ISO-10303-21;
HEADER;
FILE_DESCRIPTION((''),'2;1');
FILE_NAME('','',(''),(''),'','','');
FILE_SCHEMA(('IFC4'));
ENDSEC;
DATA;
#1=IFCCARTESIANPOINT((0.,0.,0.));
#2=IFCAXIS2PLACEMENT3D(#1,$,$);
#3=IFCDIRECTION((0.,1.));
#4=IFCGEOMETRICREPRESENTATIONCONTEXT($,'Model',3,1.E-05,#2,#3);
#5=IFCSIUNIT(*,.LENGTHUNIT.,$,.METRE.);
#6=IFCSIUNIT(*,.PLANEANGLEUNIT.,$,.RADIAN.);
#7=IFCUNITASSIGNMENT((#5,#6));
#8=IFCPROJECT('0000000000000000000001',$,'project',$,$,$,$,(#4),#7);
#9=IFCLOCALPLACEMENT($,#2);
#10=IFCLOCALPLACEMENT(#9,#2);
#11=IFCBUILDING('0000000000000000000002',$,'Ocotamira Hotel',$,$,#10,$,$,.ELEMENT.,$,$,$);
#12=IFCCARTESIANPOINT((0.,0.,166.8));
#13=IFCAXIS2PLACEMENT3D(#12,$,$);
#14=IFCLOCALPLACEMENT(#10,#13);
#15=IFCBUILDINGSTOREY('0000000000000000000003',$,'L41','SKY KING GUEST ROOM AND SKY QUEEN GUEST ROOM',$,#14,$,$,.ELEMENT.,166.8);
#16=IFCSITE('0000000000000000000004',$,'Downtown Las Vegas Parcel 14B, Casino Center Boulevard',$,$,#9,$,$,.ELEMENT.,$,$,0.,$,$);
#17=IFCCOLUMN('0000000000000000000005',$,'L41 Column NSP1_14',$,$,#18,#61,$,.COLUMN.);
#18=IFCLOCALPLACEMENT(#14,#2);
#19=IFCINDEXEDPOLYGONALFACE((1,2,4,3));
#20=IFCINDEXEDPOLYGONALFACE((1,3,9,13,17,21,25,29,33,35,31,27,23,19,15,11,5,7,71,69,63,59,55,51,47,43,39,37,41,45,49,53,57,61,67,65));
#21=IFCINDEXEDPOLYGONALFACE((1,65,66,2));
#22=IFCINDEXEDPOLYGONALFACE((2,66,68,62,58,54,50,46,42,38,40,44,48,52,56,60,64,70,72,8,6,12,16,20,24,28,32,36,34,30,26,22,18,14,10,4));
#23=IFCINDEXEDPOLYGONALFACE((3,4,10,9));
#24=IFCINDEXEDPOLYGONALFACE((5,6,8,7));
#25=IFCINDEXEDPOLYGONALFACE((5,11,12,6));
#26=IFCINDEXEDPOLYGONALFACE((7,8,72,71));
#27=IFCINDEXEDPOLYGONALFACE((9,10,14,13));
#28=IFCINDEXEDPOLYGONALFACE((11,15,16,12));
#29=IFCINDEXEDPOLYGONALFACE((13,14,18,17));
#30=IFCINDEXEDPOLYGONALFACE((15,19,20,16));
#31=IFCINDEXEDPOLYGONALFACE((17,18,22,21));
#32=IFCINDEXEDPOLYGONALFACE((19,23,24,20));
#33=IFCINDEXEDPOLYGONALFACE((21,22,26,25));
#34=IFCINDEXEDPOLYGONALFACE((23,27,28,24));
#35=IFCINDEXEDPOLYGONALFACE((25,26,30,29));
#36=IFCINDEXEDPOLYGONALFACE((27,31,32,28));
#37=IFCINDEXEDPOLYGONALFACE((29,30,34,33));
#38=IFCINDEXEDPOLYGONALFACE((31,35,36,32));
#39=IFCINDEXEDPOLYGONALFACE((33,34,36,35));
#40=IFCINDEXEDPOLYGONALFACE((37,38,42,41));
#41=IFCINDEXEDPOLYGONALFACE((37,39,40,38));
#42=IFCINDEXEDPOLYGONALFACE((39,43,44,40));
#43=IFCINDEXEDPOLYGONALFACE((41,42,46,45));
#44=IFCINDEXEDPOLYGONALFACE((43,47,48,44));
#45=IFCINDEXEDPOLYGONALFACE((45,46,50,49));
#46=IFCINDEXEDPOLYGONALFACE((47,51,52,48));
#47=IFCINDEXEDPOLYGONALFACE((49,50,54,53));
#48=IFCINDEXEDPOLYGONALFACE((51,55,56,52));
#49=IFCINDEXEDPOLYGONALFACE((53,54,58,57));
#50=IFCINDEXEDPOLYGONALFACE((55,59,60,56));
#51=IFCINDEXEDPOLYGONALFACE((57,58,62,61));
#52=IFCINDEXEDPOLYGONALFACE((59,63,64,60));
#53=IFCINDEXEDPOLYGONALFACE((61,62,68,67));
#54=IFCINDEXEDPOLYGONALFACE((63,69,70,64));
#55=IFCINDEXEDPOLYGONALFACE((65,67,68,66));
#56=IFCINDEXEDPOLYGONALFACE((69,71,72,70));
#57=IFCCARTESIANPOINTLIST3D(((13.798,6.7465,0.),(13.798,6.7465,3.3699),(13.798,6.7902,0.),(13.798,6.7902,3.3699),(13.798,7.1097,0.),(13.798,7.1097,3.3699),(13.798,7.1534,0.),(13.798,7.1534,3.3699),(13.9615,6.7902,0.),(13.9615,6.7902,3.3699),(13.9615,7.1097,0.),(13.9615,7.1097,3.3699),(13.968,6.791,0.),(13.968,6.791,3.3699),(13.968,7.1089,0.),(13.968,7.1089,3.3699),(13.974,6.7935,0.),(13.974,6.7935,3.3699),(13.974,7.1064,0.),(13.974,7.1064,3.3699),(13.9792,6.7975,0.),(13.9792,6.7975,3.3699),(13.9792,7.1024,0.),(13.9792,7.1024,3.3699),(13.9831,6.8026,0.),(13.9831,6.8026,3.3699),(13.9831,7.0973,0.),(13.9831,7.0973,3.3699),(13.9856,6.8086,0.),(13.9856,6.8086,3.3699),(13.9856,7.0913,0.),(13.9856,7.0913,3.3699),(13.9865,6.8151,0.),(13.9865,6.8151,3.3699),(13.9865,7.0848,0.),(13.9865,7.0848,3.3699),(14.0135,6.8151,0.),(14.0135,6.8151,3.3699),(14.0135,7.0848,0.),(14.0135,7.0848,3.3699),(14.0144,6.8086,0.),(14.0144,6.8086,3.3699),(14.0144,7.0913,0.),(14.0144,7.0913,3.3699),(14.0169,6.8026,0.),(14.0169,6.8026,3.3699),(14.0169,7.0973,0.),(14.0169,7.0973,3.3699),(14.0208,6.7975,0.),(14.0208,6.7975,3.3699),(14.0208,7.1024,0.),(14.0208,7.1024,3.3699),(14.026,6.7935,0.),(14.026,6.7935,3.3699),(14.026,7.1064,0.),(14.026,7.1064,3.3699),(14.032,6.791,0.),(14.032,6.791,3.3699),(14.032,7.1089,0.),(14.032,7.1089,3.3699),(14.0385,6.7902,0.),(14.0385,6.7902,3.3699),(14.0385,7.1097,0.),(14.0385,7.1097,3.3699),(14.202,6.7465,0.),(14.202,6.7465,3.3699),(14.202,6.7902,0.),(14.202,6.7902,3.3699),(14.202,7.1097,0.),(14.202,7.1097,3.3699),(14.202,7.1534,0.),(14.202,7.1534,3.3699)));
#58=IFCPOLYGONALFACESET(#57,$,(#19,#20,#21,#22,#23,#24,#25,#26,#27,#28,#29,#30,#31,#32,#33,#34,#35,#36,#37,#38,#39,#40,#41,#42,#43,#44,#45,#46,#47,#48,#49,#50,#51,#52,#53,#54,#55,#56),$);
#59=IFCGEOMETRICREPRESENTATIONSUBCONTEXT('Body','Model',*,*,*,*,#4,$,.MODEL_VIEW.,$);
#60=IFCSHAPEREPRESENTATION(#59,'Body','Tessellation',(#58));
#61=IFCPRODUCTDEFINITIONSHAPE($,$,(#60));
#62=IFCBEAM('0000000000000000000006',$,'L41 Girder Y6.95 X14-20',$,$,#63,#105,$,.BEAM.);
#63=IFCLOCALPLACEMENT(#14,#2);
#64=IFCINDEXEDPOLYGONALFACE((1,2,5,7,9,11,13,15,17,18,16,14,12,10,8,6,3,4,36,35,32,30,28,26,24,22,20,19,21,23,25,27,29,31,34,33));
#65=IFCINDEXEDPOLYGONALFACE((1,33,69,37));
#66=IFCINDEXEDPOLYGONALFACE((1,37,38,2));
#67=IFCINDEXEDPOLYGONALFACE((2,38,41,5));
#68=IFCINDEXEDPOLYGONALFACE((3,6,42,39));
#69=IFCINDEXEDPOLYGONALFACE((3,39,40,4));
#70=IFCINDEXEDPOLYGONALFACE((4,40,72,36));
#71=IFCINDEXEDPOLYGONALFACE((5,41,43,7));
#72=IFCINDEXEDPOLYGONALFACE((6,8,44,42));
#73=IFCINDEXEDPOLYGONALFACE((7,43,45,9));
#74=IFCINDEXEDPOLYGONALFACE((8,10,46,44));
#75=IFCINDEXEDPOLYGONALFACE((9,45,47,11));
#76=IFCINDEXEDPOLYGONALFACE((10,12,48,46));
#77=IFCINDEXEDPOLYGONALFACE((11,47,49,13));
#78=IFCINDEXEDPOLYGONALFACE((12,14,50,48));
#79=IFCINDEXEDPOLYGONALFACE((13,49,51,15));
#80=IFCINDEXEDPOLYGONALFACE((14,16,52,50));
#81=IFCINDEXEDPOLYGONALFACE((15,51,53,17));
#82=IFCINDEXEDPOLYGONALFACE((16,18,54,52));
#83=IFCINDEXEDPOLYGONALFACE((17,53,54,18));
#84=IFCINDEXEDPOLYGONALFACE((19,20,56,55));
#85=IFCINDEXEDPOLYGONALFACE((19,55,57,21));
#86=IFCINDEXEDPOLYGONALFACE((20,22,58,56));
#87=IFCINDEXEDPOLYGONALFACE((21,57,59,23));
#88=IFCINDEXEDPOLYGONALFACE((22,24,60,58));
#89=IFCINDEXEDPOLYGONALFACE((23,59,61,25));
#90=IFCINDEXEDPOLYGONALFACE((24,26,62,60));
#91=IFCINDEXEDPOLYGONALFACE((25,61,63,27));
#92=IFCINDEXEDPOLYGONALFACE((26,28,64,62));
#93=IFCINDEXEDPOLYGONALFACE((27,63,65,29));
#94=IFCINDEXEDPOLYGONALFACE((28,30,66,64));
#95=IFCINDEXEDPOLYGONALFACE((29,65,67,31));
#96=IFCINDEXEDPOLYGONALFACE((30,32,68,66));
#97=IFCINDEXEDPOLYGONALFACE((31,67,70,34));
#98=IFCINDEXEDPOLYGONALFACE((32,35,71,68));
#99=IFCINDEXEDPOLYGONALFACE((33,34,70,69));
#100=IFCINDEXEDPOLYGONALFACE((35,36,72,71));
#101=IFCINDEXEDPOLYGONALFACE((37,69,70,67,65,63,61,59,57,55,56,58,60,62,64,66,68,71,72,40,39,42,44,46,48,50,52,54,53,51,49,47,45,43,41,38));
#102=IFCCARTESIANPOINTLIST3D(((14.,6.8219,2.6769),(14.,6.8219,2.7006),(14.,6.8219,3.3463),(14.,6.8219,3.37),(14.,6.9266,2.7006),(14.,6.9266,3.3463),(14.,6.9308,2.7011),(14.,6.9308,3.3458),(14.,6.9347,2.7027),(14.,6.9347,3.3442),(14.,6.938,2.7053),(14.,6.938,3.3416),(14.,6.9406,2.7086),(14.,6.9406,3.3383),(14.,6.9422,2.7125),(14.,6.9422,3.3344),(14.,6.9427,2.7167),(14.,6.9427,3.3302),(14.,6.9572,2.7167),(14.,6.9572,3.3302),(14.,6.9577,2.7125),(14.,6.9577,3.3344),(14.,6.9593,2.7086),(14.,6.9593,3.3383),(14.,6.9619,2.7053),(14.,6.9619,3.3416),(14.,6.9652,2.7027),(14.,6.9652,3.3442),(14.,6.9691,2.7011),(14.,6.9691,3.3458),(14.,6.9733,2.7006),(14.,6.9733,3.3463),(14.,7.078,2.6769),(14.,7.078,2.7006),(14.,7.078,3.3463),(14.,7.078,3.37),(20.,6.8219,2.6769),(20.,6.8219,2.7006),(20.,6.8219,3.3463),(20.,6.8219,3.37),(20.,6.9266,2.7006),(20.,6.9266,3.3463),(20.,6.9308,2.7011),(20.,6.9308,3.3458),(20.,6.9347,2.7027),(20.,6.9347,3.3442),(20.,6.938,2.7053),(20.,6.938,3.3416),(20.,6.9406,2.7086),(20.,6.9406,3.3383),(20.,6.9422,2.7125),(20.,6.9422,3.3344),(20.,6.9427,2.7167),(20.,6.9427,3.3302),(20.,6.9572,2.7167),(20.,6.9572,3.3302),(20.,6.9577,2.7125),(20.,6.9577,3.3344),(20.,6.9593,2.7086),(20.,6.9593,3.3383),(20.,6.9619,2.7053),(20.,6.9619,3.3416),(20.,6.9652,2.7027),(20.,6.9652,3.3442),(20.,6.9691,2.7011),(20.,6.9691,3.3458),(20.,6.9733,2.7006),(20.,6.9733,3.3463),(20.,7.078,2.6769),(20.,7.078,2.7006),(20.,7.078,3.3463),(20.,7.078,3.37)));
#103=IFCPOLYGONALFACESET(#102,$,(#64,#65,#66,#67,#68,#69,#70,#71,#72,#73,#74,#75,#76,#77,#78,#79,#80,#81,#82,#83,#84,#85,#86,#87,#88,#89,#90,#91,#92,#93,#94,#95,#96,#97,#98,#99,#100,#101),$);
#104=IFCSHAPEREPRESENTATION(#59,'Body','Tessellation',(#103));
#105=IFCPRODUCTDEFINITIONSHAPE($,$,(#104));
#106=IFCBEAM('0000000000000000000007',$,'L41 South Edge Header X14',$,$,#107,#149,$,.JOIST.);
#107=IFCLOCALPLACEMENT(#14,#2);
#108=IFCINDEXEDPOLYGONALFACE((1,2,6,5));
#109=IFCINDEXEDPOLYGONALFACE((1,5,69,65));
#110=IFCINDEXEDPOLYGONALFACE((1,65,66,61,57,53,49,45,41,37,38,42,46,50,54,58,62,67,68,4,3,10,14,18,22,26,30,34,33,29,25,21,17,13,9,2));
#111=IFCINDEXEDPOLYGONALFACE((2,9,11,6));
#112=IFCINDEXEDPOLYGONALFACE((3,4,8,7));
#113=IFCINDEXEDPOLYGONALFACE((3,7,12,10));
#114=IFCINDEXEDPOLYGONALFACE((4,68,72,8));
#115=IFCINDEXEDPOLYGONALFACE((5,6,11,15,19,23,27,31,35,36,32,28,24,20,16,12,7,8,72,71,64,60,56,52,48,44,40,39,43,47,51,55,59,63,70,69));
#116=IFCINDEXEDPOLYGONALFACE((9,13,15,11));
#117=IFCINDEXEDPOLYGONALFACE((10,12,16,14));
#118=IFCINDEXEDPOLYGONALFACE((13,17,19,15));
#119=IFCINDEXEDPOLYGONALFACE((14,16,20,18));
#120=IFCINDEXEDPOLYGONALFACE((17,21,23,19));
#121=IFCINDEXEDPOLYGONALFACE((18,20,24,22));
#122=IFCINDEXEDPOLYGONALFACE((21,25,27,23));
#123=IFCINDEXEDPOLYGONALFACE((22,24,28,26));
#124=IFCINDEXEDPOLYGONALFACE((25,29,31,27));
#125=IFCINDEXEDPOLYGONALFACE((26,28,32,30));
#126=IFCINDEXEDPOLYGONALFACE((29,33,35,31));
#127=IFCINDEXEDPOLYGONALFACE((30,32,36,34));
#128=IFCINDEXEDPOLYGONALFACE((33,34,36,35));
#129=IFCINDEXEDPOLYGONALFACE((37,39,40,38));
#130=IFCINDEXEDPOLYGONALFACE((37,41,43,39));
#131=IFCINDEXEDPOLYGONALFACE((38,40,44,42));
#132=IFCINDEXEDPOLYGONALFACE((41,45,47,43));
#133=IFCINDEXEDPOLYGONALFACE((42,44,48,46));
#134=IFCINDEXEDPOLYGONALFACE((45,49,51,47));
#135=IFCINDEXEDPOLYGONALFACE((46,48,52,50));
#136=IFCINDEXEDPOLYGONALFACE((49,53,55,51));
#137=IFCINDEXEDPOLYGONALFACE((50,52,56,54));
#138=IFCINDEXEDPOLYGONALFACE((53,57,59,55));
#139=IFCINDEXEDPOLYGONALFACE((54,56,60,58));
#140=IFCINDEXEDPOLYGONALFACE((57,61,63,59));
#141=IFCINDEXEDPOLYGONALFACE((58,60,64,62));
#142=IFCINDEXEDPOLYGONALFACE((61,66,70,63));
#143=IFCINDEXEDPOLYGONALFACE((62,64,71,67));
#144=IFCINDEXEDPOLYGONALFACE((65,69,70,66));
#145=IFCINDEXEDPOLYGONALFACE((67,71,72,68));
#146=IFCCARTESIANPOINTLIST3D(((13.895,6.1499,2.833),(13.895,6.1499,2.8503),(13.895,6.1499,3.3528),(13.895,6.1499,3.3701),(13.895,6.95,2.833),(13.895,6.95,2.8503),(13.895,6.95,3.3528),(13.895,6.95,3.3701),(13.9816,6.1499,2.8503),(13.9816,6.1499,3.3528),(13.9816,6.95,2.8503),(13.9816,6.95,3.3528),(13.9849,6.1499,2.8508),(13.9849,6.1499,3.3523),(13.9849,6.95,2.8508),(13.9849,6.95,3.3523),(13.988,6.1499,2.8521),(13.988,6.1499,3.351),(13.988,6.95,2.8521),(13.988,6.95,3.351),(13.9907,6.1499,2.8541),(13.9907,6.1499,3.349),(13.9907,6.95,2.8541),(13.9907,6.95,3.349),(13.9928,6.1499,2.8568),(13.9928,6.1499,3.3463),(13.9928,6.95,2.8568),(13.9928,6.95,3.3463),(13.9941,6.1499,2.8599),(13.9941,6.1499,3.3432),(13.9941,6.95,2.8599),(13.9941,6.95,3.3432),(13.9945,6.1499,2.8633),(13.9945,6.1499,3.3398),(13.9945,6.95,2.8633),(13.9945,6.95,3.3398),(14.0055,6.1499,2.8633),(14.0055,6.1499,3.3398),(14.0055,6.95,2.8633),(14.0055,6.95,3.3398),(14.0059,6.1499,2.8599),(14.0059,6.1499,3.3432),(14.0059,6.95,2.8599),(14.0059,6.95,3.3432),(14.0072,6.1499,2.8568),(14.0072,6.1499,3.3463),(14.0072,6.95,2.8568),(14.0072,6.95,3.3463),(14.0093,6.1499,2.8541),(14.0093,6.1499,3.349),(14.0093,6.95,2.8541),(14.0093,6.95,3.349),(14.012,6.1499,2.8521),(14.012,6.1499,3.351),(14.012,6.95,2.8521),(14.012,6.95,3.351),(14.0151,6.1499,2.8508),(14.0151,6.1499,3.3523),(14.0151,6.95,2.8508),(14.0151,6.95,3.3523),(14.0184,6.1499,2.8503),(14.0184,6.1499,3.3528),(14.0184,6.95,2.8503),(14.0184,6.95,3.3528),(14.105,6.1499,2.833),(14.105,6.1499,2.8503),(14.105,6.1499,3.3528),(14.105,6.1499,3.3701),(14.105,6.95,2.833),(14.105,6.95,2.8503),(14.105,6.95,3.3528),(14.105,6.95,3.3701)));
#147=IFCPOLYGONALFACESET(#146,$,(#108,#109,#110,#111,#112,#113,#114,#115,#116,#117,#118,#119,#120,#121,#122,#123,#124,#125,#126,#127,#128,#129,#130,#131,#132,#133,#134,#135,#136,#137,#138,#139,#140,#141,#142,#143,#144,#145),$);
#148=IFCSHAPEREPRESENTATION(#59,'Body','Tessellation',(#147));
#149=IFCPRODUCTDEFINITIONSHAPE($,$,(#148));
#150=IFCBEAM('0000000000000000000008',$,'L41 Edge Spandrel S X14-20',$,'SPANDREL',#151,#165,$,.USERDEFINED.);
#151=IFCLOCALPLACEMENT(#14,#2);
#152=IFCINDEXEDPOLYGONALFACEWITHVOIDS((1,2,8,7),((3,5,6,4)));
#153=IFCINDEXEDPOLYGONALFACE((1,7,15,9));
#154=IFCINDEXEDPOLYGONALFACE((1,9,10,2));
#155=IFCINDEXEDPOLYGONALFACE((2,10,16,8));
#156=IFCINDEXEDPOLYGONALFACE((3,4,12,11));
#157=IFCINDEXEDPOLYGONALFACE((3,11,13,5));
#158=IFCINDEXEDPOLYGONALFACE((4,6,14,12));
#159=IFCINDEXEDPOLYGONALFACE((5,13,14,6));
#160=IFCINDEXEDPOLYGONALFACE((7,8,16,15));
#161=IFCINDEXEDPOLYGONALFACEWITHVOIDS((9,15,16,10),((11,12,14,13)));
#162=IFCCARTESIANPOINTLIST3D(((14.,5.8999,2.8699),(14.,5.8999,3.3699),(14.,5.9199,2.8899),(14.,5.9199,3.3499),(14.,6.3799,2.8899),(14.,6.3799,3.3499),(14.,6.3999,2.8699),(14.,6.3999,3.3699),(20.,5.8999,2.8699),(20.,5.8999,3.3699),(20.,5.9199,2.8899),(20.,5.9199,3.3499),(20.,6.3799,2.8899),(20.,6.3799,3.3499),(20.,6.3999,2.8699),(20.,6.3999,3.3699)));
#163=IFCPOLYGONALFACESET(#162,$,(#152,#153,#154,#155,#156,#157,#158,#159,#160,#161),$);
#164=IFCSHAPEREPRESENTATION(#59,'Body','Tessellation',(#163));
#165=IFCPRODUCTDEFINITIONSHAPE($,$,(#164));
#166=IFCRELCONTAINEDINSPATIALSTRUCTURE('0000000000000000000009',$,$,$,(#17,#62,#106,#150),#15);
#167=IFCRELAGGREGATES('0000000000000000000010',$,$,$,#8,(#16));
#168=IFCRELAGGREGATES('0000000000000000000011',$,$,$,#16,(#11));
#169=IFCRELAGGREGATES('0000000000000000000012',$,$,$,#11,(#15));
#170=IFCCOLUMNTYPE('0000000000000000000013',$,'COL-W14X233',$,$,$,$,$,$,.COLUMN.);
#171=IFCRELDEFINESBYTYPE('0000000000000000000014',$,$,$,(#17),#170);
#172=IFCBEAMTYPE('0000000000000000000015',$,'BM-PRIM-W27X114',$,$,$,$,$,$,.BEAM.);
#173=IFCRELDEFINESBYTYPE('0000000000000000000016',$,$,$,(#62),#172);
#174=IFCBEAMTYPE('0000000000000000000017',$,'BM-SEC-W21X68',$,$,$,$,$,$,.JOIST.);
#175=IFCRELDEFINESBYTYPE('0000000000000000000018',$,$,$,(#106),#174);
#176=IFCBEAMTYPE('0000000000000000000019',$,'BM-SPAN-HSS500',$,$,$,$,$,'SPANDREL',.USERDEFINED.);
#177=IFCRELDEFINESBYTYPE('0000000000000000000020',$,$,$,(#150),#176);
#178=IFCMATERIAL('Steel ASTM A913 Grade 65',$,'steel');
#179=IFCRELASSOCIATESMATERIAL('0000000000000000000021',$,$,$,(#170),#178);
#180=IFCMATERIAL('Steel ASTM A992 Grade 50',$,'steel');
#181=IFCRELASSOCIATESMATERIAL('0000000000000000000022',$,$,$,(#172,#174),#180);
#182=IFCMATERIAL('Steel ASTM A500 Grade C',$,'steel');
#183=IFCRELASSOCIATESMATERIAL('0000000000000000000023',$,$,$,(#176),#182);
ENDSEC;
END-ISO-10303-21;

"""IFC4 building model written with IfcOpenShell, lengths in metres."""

from ifc_helpers import new_model, si_unit, direction, frame, origin, origin_2d, place, context, subcontext, project, spatial, hollow_rectangle, i_section, extrude, source, transform, mapped, material, material_profile, profile_set, type_object, element, save


model = new_model("IFC4")

# Units and contexts
model_context = context("Model", 3, precision=1e-05, world=origin(), true_north=direction((0.0, 1.0)))
body_context = subcontext(model_context, "Body", "Model", "MODEL_VIEW")
ifc_project = project(units=[si_unit("LENGTHUNIT", "METRE"), si_unit("PLANEANGLEUNIT", "RADIAN")], contexts=[model_context])

# Site, building, storey
site_placement = place(None, origin())
site = spatial("IfcSite", under=ifc_project, at=site_placement, Name="Downtown Las Vegas Parcel 14B, Casino Center Boulevard", CompositionType="ELEMENT", RefElevation=0.0)
building_placement = place(site_placement, origin())
building = spatial("IfcBuilding", under=site, at=building_placement, Name="Ocotamira Hotel", CompositionType="ELEMENT")
storey_placement = place(building_placement, frame((0.0, 0.0, 166.8)))
storey = spatial("IfcBuildingStorey", under=building, at=storey_placement, Name="L41", Description="SKY KING GUEST ROOM AND SKY QUEEN GUEST ROOM", CompositionType="ELEMENT", Elevation=166.8)

# Column
ifc_material_1 = material(Name="Steel ASTM A913 Grade 65", Category="steel")
ifc_material_profile_1 = material_profile(ifc_material_1, i_section(OverallWidth=0.4041, OverallDepth=0.407, WebThickness=0.0271, FlangeThickness=0.0437, FilletRadius=0.0249, at=origin_2d()), Name="W14X233")
ifc_profile_set_1 = profile_set([ifc_material_profile_1], Name="Steel ASTM A913 Grade 65")
column_type = type_object("IfcColumnType", Name="COL-W14X233", PredefinedType="COLUMN", material=ifc_profile_set_1)
shared_shape_1 = source(origin(), body_context, "Body", "SweptSolid", [
    extrude(i_section(OverallWidth=0.4041, OverallDepth=0.407, WebThickness=0.0271, FlangeThickness=0.0437, FilletRadius=0.0249, at=origin_2d()), origin(), (0.0, 0.0, 1.0), 3.3699),
])
column_placement = place(storey_placement, frame((14.0, 6.95, 0.0), z_axis=(0.0, 0.0, 1.0), x_axis=(1.0, 0.0, 0.0)))
element("IfcColumn", 1, at=column_placement, inside=storey, type_object=column_type, Name="L41 Column NSP1_14", PredefinedType="COLUMN", context=body_context, shape_type="MappedRepresentation", body=[
    mapped(shared_shape_1, transform((0.0, 0.0, 0.0), scale=1.0)),
])

# Beams
ifc_material_2 = material(Name="Steel ASTM A992 Grade 50", Category="steel")
ifc_material_profile_2 = material_profile(ifc_material_2, i_section(OverallWidth=0.2561, OverallDepth=0.6931, WebThickness=0.0144, FlangeThickness=0.0237, FilletRadius=0.0161, at=origin_2d()), Name="W27X114")
ifc_profile_set_2 = profile_set([ifc_material_profile_2], Name="Steel ASTM A992 Grade 50")
beam_type_1 = type_object("IfcBeamType", Name="BM-PRIM-W27X114", PredefinedType="BEAM", material=ifc_profile_set_2)
shared_shape_2 = source(origin(), body_context, "Body", "SweptSolid", [
    extrude(i_section(OverallWidth=0.2561, OverallDepth=0.6931, WebThickness=0.0144, FlangeThickness=0.0237, FilletRadius=0.0161, at=origin_2d()), origin(), (0.0, 0.0, 1.0), 6.0),
])
beam_1_placement = place(storey_placement, frame((14.0, 6.95, 3.0234), z_axis=(1.0, 0.0, 0.0), x_axis=(0.0, 1.0, 0.0)))
element("IfcBeam", 2, at=beam_1_placement, inside=storey, type_object=beam_type_1, Name="L41 Girder Y6.95 X14-20", PredefinedType="BEAM", context=body_context, shape_type="MappedRepresentation", body=[
    mapped(shared_shape_2, transform((0.0, 0.0, 0.0), scale=1.0)),
])
ifc_material_profile_3 = material_profile(ifc_material_2, i_section(OverallWidth=0.21, OverallDepth=0.5371, WebThickness=0.011, FlangeThickness=0.0173, FilletRadius=0.0129, at=origin_2d()), Name="W21X68")
ifc_profile_set_3 = profile_set([ifc_material_profile_3], Name="Steel ASTM A992 Grade 50")
beam_type_2 = type_object("IfcBeamType", Name="BM-SEC-W21X68", PredefinedType="JOIST", material=ifc_profile_set_3)
shared_shape_3 = source(origin(), body_context, "Body", "SweptSolid", [
    extrude(i_section(OverallWidth=0.21, OverallDepth=0.5371, WebThickness=0.011, FlangeThickness=0.0173, FilletRadius=0.0129, at=origin_2d()), origin(), (0.0, 0.0, 1.0), 0.8),
])
beam_2_placement = place(storey_placement, frame((14.0, 6.95, 3.1016), z_axis=(0.0, -1.0, 0.0), x_axis=(1.0, 0.0, 0.0)))
element("IfcBeam", 3, at=beam_2_placement, inside=storey, type_object=beam_type_2, Name="L41 South Edge Header X14", PredefinedType="JOIST", context=body_context, shape_type="MappedRepresentation", body=[
    mapped(shared_shape_3, transform((0.0, 0.0, 0.0), scale=1.0)),
])
ifc_material_3 = material(Name="Steel ASTM A500 Grade C", Category="steel")
ifc_material_profile_4 = material_profile(ifc_material_3, hollow_rectangle(XDim=0.5, YDim=0.5, WallThickness=0.02, at=origin_2d()), Name="HSS500X500X20")
ifc_profile_set_4 = profile_set([ifc_material_profile_4], Name="Steel ASTM A500 Grade C")
beam_type_3 = type_object("IfcBeamType", Name="BM-SPAN-HSS500", ElementType="SPANDREL", PredefinedType="USERDEFINED", material=ifc_profile_set_4)
shared_shape_4 = source(origin(), body_context, "Body", "SweptSolid", [
    extrude(hollow_rectangle(XDim=0.5, YDim=0.5, WallThickness=0.02, at=origin_2d()), origin(), (0.0, 0.0, 1.0), 6.0),
])
beam_3_placement = place(storey_placement, frame((14.0, 6.1499, 3.1199), z_axis=(1.0, 0.0, 0.0), x_axis=(0.0, 1.0, 0.0)))
element("IfcBeam", 4, at=beam_3_placement, inside=storey, type_object=beam_type_3, Name="L41 Edge Spandrel S X14-20", ObjectType="SPANDREL", PredefinedType="USERDEFINED", context=body_context, shape_type="MappedRepresentation", body=[
    mapped(shared_shape_4, transform((0.0, 0.0, 0.0), scale=1.0)),
])

save(model, "model.ifc")
